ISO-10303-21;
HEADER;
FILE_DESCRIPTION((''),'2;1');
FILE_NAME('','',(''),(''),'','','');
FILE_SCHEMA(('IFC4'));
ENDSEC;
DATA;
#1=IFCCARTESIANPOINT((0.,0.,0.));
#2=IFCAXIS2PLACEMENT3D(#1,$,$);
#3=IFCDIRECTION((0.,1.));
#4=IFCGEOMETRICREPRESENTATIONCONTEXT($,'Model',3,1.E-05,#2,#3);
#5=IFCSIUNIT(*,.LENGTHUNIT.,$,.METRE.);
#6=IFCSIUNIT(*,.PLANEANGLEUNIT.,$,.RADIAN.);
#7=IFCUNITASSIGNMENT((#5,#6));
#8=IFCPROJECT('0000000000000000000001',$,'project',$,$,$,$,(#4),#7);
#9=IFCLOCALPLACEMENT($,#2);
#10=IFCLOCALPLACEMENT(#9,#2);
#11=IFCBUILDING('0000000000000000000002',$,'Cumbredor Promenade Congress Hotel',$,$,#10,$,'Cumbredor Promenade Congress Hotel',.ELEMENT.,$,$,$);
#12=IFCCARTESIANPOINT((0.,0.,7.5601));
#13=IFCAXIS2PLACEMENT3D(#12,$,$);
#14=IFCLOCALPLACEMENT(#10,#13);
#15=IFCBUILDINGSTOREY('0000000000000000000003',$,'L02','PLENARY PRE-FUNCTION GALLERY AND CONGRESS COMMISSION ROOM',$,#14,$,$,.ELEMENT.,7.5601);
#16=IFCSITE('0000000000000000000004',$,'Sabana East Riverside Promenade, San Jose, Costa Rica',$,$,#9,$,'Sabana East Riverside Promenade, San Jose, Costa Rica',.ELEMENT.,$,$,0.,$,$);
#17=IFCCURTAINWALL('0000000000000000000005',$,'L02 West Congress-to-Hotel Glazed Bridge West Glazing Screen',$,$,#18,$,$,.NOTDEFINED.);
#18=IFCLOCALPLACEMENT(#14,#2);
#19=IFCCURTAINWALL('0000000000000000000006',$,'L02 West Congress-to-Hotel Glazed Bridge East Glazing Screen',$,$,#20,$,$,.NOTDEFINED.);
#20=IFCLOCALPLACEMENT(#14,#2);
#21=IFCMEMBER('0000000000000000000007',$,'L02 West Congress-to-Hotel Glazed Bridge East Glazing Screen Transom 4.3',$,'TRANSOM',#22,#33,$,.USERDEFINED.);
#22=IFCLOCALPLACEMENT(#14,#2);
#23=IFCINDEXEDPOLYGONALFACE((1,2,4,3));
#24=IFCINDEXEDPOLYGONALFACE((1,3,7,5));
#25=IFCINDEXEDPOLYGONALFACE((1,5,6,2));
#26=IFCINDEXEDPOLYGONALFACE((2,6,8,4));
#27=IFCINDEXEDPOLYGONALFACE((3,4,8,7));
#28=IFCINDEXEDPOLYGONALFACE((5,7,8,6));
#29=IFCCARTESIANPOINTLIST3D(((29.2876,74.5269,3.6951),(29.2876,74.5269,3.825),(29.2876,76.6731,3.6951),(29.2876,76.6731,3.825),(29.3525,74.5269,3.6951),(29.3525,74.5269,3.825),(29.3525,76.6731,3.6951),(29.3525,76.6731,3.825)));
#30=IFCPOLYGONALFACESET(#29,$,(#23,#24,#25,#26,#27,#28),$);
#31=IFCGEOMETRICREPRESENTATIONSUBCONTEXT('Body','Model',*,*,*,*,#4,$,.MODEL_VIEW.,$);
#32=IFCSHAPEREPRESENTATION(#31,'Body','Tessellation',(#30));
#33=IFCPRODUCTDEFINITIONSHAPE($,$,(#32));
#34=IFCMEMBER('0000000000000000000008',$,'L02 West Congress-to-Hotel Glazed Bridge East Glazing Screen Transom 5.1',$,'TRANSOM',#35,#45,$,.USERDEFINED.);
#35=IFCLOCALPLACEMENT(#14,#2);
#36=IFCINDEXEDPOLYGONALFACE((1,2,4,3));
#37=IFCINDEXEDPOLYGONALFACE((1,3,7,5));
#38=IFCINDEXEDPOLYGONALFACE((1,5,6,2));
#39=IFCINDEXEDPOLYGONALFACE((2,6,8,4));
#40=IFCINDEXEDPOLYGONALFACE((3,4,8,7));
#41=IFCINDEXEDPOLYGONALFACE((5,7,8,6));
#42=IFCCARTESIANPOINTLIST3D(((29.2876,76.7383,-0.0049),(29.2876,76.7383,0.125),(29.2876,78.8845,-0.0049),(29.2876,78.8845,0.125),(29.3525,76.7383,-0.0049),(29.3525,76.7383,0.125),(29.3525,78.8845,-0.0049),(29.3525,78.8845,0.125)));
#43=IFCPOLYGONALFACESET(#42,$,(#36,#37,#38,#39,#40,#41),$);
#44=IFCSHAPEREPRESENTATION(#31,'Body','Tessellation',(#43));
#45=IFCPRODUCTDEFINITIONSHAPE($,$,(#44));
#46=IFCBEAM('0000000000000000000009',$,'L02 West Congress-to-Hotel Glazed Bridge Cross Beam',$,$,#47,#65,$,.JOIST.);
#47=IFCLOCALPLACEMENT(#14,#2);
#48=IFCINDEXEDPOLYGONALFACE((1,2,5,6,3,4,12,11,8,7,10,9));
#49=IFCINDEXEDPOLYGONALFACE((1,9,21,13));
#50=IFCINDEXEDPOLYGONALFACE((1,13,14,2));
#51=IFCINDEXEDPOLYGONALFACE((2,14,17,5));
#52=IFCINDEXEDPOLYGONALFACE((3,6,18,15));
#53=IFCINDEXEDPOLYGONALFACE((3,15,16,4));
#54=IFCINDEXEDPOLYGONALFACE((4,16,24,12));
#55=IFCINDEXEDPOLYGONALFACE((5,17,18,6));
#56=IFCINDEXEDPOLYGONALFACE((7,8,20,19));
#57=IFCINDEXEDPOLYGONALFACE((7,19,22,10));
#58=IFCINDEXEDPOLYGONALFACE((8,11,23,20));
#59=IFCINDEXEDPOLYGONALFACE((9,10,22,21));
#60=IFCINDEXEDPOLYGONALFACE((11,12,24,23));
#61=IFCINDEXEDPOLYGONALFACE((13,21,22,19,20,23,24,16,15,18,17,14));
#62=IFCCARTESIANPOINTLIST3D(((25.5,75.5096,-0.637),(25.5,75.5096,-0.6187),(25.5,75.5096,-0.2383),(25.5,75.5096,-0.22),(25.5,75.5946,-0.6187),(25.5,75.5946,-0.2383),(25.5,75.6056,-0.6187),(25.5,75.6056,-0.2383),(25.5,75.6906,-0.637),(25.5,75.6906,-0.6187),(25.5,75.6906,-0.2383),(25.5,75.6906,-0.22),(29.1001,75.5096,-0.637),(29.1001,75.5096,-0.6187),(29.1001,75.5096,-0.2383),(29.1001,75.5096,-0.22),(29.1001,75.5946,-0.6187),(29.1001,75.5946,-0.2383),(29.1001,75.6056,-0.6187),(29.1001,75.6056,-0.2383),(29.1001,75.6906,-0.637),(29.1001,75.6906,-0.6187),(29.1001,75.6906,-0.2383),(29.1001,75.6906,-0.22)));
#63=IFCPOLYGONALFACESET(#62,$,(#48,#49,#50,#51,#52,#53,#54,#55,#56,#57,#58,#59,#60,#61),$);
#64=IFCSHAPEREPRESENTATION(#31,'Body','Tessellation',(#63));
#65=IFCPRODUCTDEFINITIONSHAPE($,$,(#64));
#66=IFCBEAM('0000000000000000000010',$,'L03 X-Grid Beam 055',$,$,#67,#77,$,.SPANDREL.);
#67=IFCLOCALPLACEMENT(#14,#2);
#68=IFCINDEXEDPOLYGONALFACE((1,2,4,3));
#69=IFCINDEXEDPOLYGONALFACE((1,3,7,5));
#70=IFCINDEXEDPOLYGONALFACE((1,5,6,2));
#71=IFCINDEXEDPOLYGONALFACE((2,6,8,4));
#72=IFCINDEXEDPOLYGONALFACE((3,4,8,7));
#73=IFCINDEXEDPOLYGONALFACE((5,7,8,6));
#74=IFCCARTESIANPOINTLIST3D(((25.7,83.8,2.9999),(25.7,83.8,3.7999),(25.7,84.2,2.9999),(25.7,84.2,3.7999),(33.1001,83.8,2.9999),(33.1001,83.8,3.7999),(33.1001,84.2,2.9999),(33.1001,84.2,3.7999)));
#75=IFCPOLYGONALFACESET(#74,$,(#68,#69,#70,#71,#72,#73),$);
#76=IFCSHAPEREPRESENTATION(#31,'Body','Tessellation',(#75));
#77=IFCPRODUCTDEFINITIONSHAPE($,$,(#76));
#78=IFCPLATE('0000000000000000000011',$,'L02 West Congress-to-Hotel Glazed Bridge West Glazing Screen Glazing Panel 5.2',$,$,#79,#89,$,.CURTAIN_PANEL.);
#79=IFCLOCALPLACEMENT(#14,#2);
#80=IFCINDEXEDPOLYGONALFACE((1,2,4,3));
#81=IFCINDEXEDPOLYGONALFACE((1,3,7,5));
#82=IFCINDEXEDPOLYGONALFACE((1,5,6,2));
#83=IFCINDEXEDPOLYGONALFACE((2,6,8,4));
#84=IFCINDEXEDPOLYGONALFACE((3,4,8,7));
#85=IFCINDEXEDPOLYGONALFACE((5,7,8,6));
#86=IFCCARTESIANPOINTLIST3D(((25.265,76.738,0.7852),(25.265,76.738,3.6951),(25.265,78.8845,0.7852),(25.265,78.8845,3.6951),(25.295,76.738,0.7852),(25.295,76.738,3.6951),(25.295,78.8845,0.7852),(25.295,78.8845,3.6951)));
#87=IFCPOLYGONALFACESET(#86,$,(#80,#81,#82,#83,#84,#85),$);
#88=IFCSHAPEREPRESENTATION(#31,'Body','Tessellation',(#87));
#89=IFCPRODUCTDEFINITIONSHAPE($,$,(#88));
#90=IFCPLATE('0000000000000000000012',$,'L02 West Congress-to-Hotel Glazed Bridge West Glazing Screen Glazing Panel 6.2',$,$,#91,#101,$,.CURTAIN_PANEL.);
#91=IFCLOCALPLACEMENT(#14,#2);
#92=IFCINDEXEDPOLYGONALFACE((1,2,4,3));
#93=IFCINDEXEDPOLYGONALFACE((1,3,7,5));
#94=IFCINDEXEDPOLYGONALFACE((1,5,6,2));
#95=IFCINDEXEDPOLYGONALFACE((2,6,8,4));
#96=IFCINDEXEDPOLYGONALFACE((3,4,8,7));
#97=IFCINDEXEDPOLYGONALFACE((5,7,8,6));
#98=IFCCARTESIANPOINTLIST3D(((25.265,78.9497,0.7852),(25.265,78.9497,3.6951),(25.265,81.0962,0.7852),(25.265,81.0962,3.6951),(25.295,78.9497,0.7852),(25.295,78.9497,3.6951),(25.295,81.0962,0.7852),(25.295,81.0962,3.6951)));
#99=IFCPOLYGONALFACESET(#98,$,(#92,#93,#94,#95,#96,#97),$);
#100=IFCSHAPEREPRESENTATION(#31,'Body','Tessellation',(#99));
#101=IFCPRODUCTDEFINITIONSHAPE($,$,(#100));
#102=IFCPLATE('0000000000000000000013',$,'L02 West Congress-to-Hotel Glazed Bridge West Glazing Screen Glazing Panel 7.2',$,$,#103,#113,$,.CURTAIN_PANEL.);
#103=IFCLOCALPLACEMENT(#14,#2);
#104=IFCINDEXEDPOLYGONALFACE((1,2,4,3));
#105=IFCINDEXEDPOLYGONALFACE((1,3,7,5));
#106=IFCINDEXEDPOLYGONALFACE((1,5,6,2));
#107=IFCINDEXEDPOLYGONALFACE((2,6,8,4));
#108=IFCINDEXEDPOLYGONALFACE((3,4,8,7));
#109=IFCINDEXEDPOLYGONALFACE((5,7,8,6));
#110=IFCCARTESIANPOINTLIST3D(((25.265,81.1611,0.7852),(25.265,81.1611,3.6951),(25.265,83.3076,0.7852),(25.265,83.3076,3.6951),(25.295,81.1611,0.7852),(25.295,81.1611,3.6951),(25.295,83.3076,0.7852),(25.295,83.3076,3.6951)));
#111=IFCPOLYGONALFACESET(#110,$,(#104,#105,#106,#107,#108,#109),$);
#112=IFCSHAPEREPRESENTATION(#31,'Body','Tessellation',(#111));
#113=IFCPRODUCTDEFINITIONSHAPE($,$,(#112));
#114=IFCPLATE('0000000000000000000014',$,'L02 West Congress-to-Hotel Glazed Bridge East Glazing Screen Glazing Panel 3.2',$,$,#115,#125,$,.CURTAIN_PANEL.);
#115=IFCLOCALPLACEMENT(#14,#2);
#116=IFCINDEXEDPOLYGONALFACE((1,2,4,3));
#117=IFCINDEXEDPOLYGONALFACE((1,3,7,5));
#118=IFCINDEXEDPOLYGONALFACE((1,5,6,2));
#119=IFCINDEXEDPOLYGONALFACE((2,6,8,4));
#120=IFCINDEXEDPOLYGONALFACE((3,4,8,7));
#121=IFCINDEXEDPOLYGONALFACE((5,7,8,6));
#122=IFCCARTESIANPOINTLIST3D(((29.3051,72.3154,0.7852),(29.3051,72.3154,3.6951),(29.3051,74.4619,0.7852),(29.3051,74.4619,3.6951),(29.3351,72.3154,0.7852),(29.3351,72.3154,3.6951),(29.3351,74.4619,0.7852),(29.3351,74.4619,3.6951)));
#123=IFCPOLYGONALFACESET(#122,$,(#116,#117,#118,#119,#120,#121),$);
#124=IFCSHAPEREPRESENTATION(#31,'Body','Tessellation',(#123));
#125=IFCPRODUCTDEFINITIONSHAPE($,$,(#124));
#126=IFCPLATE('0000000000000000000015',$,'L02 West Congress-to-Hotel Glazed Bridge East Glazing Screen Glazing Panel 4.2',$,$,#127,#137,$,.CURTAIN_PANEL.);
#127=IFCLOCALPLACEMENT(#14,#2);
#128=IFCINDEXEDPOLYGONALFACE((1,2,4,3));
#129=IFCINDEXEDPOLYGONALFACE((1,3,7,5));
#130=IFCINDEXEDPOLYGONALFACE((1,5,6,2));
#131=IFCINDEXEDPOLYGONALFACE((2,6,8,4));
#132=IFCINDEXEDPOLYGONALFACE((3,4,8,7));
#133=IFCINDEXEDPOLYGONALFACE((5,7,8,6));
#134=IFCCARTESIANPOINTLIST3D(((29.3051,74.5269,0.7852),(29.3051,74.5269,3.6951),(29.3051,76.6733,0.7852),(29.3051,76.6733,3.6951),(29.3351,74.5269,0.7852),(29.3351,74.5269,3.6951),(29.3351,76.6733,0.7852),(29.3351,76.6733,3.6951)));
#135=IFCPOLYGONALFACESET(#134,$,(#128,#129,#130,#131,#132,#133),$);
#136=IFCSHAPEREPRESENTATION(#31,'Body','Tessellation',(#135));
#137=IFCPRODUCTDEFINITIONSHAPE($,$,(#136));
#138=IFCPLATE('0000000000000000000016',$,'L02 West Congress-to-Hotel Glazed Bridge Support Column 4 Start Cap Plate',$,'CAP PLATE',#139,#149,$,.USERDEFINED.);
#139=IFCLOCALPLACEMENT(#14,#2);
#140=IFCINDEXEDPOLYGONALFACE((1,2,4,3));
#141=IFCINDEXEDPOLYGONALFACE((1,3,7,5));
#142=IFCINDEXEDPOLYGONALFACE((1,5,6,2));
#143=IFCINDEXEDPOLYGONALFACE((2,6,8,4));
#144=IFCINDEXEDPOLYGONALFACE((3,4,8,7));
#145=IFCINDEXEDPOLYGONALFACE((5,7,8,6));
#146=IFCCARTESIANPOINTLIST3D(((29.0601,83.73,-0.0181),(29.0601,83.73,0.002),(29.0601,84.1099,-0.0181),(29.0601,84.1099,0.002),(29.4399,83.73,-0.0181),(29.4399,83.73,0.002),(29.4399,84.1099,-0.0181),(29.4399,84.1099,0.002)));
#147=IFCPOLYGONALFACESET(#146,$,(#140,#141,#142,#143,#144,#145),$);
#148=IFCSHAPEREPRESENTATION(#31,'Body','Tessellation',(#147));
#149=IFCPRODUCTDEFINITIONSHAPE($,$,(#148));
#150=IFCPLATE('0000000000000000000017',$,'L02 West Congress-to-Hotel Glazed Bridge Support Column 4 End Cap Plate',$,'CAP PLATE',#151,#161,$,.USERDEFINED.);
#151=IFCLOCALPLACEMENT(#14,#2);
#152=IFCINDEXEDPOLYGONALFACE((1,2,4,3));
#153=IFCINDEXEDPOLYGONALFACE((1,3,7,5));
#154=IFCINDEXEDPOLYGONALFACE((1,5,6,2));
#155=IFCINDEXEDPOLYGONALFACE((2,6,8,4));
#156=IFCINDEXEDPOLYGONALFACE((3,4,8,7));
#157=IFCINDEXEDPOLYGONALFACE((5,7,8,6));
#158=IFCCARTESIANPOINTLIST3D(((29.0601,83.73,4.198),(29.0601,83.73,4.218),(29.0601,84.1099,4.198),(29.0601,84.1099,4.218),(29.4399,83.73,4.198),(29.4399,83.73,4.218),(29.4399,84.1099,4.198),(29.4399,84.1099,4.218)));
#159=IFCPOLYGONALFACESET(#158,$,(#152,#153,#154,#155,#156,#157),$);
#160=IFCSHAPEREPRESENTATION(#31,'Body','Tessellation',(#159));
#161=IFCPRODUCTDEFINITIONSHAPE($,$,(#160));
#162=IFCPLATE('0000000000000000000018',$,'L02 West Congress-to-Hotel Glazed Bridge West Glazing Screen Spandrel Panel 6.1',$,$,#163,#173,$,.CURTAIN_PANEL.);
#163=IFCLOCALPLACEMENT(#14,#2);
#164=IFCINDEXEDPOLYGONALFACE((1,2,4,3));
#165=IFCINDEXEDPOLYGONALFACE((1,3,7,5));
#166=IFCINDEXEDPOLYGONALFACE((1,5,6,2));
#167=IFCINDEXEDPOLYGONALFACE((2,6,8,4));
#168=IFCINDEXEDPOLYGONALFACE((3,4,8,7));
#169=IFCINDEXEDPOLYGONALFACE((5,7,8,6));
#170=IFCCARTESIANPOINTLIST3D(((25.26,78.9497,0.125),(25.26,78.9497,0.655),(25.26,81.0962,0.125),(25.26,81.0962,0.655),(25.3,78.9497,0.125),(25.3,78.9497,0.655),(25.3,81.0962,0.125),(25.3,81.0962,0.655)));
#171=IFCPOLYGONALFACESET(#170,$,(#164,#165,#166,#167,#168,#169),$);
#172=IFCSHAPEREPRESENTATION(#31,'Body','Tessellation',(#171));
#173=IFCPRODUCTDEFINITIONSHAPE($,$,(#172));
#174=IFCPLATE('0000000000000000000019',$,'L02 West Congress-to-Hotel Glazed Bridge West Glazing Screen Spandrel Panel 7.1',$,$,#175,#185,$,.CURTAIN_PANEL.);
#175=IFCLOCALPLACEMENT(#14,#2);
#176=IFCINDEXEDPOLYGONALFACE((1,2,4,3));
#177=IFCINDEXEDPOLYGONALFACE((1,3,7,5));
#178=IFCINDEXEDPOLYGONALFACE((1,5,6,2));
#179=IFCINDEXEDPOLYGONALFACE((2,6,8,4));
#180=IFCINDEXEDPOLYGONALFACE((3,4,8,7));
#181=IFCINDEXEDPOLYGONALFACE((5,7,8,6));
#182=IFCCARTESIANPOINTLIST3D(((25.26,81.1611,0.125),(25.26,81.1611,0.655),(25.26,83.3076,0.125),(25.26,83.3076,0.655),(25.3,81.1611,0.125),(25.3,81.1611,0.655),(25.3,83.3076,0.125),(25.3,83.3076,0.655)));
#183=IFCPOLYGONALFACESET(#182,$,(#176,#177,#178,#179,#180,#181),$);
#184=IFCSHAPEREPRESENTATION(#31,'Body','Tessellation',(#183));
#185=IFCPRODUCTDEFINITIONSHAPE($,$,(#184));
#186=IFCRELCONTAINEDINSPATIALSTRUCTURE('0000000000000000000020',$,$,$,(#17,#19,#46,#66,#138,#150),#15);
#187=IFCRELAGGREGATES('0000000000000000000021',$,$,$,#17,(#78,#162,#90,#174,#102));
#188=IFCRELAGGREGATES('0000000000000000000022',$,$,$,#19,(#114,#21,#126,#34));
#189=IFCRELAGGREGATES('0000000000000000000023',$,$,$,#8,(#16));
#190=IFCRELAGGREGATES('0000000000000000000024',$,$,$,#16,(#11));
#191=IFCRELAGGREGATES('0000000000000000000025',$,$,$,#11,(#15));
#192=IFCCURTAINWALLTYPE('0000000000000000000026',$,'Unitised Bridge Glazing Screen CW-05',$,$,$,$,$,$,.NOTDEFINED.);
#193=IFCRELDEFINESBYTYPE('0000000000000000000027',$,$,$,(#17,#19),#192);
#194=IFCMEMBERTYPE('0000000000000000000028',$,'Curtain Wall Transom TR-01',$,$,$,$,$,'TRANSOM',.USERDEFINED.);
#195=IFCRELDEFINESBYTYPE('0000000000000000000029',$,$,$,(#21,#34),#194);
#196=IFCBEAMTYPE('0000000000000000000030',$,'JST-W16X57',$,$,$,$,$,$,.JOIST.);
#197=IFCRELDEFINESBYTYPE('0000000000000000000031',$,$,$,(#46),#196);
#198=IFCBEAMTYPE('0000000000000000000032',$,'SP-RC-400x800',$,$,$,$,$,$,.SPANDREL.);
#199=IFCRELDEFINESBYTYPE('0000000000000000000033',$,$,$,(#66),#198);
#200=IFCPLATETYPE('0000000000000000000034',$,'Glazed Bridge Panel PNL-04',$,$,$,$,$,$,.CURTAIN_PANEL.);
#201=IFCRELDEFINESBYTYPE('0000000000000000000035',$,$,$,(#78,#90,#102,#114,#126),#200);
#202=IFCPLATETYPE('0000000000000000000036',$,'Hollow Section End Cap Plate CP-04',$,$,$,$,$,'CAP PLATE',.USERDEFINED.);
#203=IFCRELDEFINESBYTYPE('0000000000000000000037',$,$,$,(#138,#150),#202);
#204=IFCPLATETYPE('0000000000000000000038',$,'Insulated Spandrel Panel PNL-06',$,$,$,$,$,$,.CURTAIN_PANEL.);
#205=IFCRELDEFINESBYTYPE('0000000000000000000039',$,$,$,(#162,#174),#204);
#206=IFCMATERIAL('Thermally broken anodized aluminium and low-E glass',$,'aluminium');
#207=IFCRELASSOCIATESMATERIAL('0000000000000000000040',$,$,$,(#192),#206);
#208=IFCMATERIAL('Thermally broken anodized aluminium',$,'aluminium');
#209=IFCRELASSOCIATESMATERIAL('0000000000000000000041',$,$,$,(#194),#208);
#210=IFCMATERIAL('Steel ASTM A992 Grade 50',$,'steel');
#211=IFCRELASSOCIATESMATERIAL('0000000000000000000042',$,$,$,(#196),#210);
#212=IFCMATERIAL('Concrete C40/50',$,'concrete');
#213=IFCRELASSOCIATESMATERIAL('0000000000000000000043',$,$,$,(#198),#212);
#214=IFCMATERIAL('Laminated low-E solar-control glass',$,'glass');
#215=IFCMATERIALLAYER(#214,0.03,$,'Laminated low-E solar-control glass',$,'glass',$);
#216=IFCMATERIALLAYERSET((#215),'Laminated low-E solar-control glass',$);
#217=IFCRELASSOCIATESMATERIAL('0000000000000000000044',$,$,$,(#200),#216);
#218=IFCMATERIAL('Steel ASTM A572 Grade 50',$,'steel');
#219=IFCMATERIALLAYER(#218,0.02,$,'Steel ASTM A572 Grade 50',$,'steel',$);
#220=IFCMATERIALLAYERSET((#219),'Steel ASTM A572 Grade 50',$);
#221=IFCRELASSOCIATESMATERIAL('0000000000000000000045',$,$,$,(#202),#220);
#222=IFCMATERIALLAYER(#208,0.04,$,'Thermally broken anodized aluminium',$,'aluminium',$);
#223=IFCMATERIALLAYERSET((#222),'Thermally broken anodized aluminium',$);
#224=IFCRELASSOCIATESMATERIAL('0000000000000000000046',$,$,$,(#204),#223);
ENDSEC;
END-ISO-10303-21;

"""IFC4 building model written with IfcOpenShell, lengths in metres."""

from ifc_helpers import new_model, si_unit, direction, frame, origin, origin_2d, place, context, subcontext, project, spatial, rectangle, i_section, extrude, material, layer, layer_set, material_profile, profile_set, type_object, element, aggregate, save


model = new_model("IFC4")

# Units and contexts
model_context = context("Model", 3, precision=1e-05, world=origin(), true_north=direction((0.0, 1.0)))
body_context = subcontext(model_context, "Body", "Model", "MODEL_VIEW")
ifc_project = project(units=[si_unit("LENGTHUNIT", "METRE"), si_unit("PLANEANGLEUNIT", "RADIAN")], contexts=[model_context])

# Site, building, storey
site_placement = place(None, origin())
site = spatial("IfcSite", under=ifc_project, at=site_placement, Name="Sabana East Riverside Promenade, San Jose, Costa Rica", LongName="Sabana East Riverside Promenade, San Jose, Costa Rica", CompositionType="ELEMENT", RefElevation=0.0)
building_placement = place(site_placement, origin())
building = spatial("IfcBuilding", under=site, at=building_placement, Name="Cumbredor Promenade Congress Hotel", LongName="Cumbredor Promenade Congress Hotel", CompositionType="ELEMENT")
storey_placement = place(building_placement, frame((0.0, 0.0, 7.5601)))
storey = spatial("IfcBuildingStorey", under=building, at=storey_placement, Name="L02", Description="PLENARY PRE-FUNCTION GALLERY AND CONGRESS COMMISSION ROOM", CompositionType="ELEMENT", Elevation=7.5601)

# Curtain walls
ifc_material_1 = material(Name="Thermally broken anodized aluminium and low-E glass", Category="aluminium")
curtain_wall_type = type_object("IfcCurtainWallType", Name="Unitised Bridge Glazing Screen CW-05", PredefinedType="NOTDEFINED", material=ifc_material_1)
curtain_wall_1_placement = place(storey_placement, origin())
curtain_wall_1 = element("IfcCurtainWall", 1, at=curtain_wall_1_placement, inside=storey, type_object=curtain_wall_type, Name="L02 West Congress-to-Hotel Glazed Bridge West Glazing Screen", PredefinedType="NOTDEFINED")
ifc_material_2 = material(Name="Thermally broken anodized aluminium", Category="aluminium")
curtain_wall_2_placement = place(storey_placement, origin())
curtain_wall_2 = element("IfcCurtainWall", 2, at=curtain_wall_2_placement, inside=storey, type_object=curtain_wall_type, Name="L02 West Congress-to-Hotel Glazed Bridge East Glazing Screen", PredefinedType="NOTDEFINED")

# Members
ifc_material_profile_1 = material_profile(ifc_material_2, rectangle(XDim=0.0649, YDim=0.1299, at=origin_2d()), Name="ALU TRANSOM 65x130")
ifc_profile_set_1 = profile_set([ifc_material_profile_1], Name="Thermally broken anodized aluminium")
member_type_1 = type_object("IfcMemberType", Name="Curtain Wall Transom TR-01", ElementType="TRANSOM", PredefinedType="USERDEFINED", material=ifc_profile_set_1)
member_1_placement = place(storey_placement, frame((29.3201, 74.5269, 3.76), z_axis=(0.0, 1.0, 0.0), x_axis=(-1.0, 0.0, 0.0)))
member_1 = element("IfcMember", 3, at=member_1_placement, type_object=member_type_1, Name="L02 West Congress-to-Hotel Glazed Bridge East Glazing Screen Transom 4.3", ObjectType="TRANSOM", PredefinedType="USERDEFINED", context=body_context, shape_type="SweptSolid", body=[
    extrude(rectangle(XDim=0.0649, YDim=0.1299, at=origin_2d()), origin(), (0.0, 0.0, 1.0), 2.1462),
])
member_2_placement = place(storey_placement, frame((29.3201, 76.7383, 0.0601), z_axis=(0.0, 1.0, 0.0), x_axis=(-1.0, 0.0, 0.0)))
member_2 = element("IfcMember", 4, at=member_2_placement, type_object=member_type_1, Name="L02 West Congress-to-Hotel Glazed Bridge East Glazing Screen Transom 5.1", ObjectType="TRANSOM", PredefinedType="USERDEFINED", context=body_context, shape_type="SweptSolid", body=[
    extrude(rectangle(XDim=0.0649, YDim=0.1299, at=origin_2d()), origin(), (0.0, 0.0, 1.0), 2.1462),
])

# Beams
ifc_material_3 = material(Name="Steel ASTM A992 Grade 50", Category="steel")
ifc_material_profile_2 = material_profile(ifc_material_3, i_section(OverallWidth=0.1809, OverallDepth=0.417, WebThickness=0.011, FlangeThickness=0.0183, at=origin_2d()), Name="W16X57")
ifc_profile_set_2 = profile_set([ifc_material_profile_2], Name="Steel ASTM A992 Grade 50")
beam_type_1 = type_object("IfcBeamType", Name="JST-W16X57", PredefinedType="JOIST", material=ifc_profile_set_2)
beam_1_placement = place(storey_placement, frame((25.5, 75.6001, -0.4285), z_axis=(1.0, 0.0, 0.0), x_axis=(0.0, 1.0, 0.0)))
element("IfcBeam", 5, at=beam_1_placement, inside=storey, type_object=beam_type_1, Name="L02 West Congress-to-Hotel Glazed Bridge Cross Beam", PredefinedType="JOIST", context=body_context, shape_type="SweptSolid", body=[
    extrude(i_section(OverallWidth=0.1809, OverallDepth=0.417, WebThickness=0.011, FlangeThickness=0.0183, at=origin_2d()), origin(), (0.0, 0.0, 1.0), 3.6001),
])
ifc_material_4 = material(Name="Concrete C40/50", Category="concrete")
ifc_material_profile_3 = material_profile(ifc_material_4, rectangle(XDim=0.3999, YDim=0.8, at=origin_2d()), Name="RC SPANDREL 400x800")
ifc_profile_set_3 = profile_set([ifc_material_profile_3], Name="Concrete C40/50")
beam_type_2 = type_object("IfcBeamType", Name="SP-RC-400x800", PredefinedType="SPANDREL", material=ifc_profile_set_3)
beam_2_placement = place(storey_placement, frame((25.7, 84.0, 3.3999), z_axis=(1.0, 0.0, 0.0), x_axis=(0.0, 1.0, 0.0)))
element("IfcBeam", 6, at=beam_2_placement, inside=storey, type_object=beam_type_2, Name="L03 X-Grid Beam 055", PredefinedType="SPANDREL", context=body_context, shape_type="SweptSolid", body=[
    extrude(rectangle(XDim=0.3999, YDim=0.8, at=origin_2d()), origin(), (0.0, 0.0, 1.0), 7.4001),
])

# Plates
ifc_material_5 = material(Name="Laminated low-E solar-control glass", Category="glass")
ifc_layer_1 = layer(ifc_material_5, 0.03, Name="Laminated low-E solar-control glass", Category="glass")
ifc_layer_set_1 = layer_set([ifc_layer_1], Name="Laminated low-E solar-control glass")
plate_type_1 = type_object("IfcPlateType", Name="Glazed Bridge Panel PNL-04", PredefinedType="CURTAIN_PANEL", material=ifc_layer_set_1)
plate_1_placement = place(storey_placement, frame((25.28, 77.8113, 0.7852), z_axis=(0.0, 0.0, 1.0), x_axis=(0.0, 1.0, 0.0)))
plate_1 = element("IfcPlate", 7, at=plate_1_placement, type_object=plate_type_1, Name="L02 West Congress-to-Hotel Glazed Bridge West Glazing Screen Glazing Panel 5.2", PredefinedType="CURTAIN_PANEL", context=body_context, shape_type="SweptSolid", body=[
    extrude(rectangle(XDim=2.1465, YDim=0.03, at=origin_2d()), origin(), (0.0, 0.0, 1.0), 2.9099),
])
plate_2_placement = place(storey_placement, frame((25.28, 80.0229, 0.7852), z_axis=(0.0, 0.0, 1.0), x_axis=(0.0, 1.0, 0.0)))
plate_2 = element("IfcPlate", 8, at=plate_2_placement, type_object=plate_type_1, Name="L02 West Congress-to-Hotel Glazed Bridge West Glazing Screen Glazing Panel 6.2", PredefinedType="CURTAIN_PANEL", context=body_context, shape_type="SweptSolid", body=[
    extrude(rectangle(XDim=2.1465, YDim=0.03, at=origin_2d()), origin(), (0.0, 0.0, 1.0), 2.9099),
])
plate_3_placement = place(storey_placement, frame((25.28, 82.2344, 0.7852), z_axis=(0.0, 0.0, 1.0), x_axis=(0.0, 1.0, 0.0)))
plate_3 = element("IfcPlate", 9, at=plate_3_placement, type_object=plate_type_1, Name="L02 West Congress-to-Hotel Glazed Bridge West Glazing Screen Glazing Panel 7.2", PredefinedType="CURTAIN_PANEL", context=body_context, shape_type="SweptSolid", body=[
    extrude(rectangle(XDim=2.1465, YDim=0.03, at=origin_2d()), origin(), (0.0, 0.0, 1.0), 2.9099),
])
plate_4_placement = place(storey_placement, frame((29.3201, 73.3887, 0.7852), z_axis=(0.0, 0.0, 1.0), x_axis=(0.0, 1.0, 0.0)))
plate_4 = element("IfcPlate", 10, at=plate_4_placement, type_object=plate_type_1, Name="L02 West Congress-to-Hotel Glazed Bridge East Glazing Screen Glazing Panel 3.2", PredefinedType="CURTAIN_PANEL", context=body_context, shape_type="SweptSolid", body=[
    extrude(rectangle(XDim=2.1465, YDim=0.03, at=origin_2d()), origin(), (0.0, 0.0, 1.0), 2.9099),
])
plate_5_placement = place(storey_placement, frame((29.3201, 75.6001, 0.7852), z_axis=(0.0, 0.0, 1.0), x_axis=(0.0, 1.0, 0.0)))
plate_5 = element("IfcPlate", 11, at=plate_5_placement, type_object=plate_type_1, Name="L02 West Congress-to-Hotel Glazed Bridge East Glazing Screen Glazing Panel 4.2", PredefinedType="CURTAIN_PANEL", context=body_context, shape_type="SweptSolid", body=[
    extrude(rectangle(XDim=2.1465, YDim=0.03, at=origin_2d()), origin(), (0.0, 0.0, 1.0), 2.9099),
])

# Plates
ifc_material_6 = material(Name="Steel ASTM A572 Grade 50", Category="steel")
ifc_layer_2 = layer(ifc_material_6, 0.02, Name="Steel ASTM A572 Grade 50", Category="steel")
ifc_layer_set_2 = layer_set([ifc_layer_2], Name="Steel ASTM A572 Grade 50")
plate_type_2 = type_object("IfcPlateType", Name="Hollow Section End Cap Plate CP-04", ElementType="CAP PLATE", PredefinedType="USERDEFINED", material=ifc_layer_set_2)
for number, where, z_axis, x_axis, name in (
    (12, (29.25, 83.9199, -0.0181), (0.0, 0.0, 1.0), (1.0, 0.0, 0.0), "L02 West Congress-to-Hotel Glazed Bridge Support Column 4 Start Cap Plate"),
    (13, (29.25, 83.9199, 4.198), (0.0, 0.0, 1.0), (1.0, 0.0, 0.0), "L02 West Congress-to-Hotel Glazed Bridge Support Column 4 End Cap Plate"),
):
    element("IfcPlate", number, at=place(storey_placement, frame(where, z_axis=z_axis, x_axis=x_axis)), inside=storey, type_object=plate_type_2, Name=name, ObjectType="CAP PLATE", PredefinedType="USERDEFINED", context=body_context, shape_type="SweptSolid", body=[
        extrude(rectangle(XDim=0.3799, YDim=0.3799, at=origin_2d()), origin(), (0.0, 0.0, 1.0), 0.02),
    ])

# Plates
ifc_layer_3 = layer(ifc_material_2, 0.04, Name="Thermally broken anodized aluminium", Category="aluminium")
ifc_layer_set_3 = layer_set([ifc_layer_3], Name="Thermally broken anodized aluminium")
plate_type_3 = type_object("IfcPlateType", Name="Insulated Spandrel Panel PNL-06", PredefinedType="CURTAIN_PANEL", material=ifc_layer_set_3)
plate_6_placement = place(storey_placement, frame((25.28, 80.0229, 0.125), z_axis=(0.0, 0.0, 1.0), x_axis=(0.0, 1.0, 0.0)))
plate_6 = element("IfcPlate", 14, at=plate_6_placement, type_object=plate_type_3, Name="L02 West Congress-to-Hotel Glazed Bridge West Glazing Screen Spandrel Panel 6.1", PredefinedType="CURTAIN_PANEL", context=body_context, shape_type="SweptSolid", body=[
    extrude(rectangle(XDim=2.1465, YDim=0.04, at=origin_2d()), origin(), (0.0, 0.0, 1.0), 0.53),
])
plate_7_placement = place(storey_placement, frame((25.28, 82.2344, 0.125), z_axis=(0.0, 0.0, 1.0), x_axis=(0.0, 1.0, 0.0)))
plate_7 = element("IfcPlate", 15, at=plate_7_placement, type_object=plate_type_3, Name="L02 West Congress-to-Hotel Glazed Bridge West Glazing Screen Spandrel Panel 7.1", PredefinedType="CURTAIN_PANEL", context=body_context, shape_type="SweptSolid", body=[
    extrude(rectangle(XDim=2.1465, YDim=0.04, at=origin_2d()), origin(), (0.0, 0.0, 1.0), 0.53),
])
aggregate(curtain_wall_1, [plate_1, plate_6, plate_2, plate_7, plate_3])
aggregate(curtain_wall_2, [plate_4, member_1, plate_5, member_2])

save(model, "model.ifc")
